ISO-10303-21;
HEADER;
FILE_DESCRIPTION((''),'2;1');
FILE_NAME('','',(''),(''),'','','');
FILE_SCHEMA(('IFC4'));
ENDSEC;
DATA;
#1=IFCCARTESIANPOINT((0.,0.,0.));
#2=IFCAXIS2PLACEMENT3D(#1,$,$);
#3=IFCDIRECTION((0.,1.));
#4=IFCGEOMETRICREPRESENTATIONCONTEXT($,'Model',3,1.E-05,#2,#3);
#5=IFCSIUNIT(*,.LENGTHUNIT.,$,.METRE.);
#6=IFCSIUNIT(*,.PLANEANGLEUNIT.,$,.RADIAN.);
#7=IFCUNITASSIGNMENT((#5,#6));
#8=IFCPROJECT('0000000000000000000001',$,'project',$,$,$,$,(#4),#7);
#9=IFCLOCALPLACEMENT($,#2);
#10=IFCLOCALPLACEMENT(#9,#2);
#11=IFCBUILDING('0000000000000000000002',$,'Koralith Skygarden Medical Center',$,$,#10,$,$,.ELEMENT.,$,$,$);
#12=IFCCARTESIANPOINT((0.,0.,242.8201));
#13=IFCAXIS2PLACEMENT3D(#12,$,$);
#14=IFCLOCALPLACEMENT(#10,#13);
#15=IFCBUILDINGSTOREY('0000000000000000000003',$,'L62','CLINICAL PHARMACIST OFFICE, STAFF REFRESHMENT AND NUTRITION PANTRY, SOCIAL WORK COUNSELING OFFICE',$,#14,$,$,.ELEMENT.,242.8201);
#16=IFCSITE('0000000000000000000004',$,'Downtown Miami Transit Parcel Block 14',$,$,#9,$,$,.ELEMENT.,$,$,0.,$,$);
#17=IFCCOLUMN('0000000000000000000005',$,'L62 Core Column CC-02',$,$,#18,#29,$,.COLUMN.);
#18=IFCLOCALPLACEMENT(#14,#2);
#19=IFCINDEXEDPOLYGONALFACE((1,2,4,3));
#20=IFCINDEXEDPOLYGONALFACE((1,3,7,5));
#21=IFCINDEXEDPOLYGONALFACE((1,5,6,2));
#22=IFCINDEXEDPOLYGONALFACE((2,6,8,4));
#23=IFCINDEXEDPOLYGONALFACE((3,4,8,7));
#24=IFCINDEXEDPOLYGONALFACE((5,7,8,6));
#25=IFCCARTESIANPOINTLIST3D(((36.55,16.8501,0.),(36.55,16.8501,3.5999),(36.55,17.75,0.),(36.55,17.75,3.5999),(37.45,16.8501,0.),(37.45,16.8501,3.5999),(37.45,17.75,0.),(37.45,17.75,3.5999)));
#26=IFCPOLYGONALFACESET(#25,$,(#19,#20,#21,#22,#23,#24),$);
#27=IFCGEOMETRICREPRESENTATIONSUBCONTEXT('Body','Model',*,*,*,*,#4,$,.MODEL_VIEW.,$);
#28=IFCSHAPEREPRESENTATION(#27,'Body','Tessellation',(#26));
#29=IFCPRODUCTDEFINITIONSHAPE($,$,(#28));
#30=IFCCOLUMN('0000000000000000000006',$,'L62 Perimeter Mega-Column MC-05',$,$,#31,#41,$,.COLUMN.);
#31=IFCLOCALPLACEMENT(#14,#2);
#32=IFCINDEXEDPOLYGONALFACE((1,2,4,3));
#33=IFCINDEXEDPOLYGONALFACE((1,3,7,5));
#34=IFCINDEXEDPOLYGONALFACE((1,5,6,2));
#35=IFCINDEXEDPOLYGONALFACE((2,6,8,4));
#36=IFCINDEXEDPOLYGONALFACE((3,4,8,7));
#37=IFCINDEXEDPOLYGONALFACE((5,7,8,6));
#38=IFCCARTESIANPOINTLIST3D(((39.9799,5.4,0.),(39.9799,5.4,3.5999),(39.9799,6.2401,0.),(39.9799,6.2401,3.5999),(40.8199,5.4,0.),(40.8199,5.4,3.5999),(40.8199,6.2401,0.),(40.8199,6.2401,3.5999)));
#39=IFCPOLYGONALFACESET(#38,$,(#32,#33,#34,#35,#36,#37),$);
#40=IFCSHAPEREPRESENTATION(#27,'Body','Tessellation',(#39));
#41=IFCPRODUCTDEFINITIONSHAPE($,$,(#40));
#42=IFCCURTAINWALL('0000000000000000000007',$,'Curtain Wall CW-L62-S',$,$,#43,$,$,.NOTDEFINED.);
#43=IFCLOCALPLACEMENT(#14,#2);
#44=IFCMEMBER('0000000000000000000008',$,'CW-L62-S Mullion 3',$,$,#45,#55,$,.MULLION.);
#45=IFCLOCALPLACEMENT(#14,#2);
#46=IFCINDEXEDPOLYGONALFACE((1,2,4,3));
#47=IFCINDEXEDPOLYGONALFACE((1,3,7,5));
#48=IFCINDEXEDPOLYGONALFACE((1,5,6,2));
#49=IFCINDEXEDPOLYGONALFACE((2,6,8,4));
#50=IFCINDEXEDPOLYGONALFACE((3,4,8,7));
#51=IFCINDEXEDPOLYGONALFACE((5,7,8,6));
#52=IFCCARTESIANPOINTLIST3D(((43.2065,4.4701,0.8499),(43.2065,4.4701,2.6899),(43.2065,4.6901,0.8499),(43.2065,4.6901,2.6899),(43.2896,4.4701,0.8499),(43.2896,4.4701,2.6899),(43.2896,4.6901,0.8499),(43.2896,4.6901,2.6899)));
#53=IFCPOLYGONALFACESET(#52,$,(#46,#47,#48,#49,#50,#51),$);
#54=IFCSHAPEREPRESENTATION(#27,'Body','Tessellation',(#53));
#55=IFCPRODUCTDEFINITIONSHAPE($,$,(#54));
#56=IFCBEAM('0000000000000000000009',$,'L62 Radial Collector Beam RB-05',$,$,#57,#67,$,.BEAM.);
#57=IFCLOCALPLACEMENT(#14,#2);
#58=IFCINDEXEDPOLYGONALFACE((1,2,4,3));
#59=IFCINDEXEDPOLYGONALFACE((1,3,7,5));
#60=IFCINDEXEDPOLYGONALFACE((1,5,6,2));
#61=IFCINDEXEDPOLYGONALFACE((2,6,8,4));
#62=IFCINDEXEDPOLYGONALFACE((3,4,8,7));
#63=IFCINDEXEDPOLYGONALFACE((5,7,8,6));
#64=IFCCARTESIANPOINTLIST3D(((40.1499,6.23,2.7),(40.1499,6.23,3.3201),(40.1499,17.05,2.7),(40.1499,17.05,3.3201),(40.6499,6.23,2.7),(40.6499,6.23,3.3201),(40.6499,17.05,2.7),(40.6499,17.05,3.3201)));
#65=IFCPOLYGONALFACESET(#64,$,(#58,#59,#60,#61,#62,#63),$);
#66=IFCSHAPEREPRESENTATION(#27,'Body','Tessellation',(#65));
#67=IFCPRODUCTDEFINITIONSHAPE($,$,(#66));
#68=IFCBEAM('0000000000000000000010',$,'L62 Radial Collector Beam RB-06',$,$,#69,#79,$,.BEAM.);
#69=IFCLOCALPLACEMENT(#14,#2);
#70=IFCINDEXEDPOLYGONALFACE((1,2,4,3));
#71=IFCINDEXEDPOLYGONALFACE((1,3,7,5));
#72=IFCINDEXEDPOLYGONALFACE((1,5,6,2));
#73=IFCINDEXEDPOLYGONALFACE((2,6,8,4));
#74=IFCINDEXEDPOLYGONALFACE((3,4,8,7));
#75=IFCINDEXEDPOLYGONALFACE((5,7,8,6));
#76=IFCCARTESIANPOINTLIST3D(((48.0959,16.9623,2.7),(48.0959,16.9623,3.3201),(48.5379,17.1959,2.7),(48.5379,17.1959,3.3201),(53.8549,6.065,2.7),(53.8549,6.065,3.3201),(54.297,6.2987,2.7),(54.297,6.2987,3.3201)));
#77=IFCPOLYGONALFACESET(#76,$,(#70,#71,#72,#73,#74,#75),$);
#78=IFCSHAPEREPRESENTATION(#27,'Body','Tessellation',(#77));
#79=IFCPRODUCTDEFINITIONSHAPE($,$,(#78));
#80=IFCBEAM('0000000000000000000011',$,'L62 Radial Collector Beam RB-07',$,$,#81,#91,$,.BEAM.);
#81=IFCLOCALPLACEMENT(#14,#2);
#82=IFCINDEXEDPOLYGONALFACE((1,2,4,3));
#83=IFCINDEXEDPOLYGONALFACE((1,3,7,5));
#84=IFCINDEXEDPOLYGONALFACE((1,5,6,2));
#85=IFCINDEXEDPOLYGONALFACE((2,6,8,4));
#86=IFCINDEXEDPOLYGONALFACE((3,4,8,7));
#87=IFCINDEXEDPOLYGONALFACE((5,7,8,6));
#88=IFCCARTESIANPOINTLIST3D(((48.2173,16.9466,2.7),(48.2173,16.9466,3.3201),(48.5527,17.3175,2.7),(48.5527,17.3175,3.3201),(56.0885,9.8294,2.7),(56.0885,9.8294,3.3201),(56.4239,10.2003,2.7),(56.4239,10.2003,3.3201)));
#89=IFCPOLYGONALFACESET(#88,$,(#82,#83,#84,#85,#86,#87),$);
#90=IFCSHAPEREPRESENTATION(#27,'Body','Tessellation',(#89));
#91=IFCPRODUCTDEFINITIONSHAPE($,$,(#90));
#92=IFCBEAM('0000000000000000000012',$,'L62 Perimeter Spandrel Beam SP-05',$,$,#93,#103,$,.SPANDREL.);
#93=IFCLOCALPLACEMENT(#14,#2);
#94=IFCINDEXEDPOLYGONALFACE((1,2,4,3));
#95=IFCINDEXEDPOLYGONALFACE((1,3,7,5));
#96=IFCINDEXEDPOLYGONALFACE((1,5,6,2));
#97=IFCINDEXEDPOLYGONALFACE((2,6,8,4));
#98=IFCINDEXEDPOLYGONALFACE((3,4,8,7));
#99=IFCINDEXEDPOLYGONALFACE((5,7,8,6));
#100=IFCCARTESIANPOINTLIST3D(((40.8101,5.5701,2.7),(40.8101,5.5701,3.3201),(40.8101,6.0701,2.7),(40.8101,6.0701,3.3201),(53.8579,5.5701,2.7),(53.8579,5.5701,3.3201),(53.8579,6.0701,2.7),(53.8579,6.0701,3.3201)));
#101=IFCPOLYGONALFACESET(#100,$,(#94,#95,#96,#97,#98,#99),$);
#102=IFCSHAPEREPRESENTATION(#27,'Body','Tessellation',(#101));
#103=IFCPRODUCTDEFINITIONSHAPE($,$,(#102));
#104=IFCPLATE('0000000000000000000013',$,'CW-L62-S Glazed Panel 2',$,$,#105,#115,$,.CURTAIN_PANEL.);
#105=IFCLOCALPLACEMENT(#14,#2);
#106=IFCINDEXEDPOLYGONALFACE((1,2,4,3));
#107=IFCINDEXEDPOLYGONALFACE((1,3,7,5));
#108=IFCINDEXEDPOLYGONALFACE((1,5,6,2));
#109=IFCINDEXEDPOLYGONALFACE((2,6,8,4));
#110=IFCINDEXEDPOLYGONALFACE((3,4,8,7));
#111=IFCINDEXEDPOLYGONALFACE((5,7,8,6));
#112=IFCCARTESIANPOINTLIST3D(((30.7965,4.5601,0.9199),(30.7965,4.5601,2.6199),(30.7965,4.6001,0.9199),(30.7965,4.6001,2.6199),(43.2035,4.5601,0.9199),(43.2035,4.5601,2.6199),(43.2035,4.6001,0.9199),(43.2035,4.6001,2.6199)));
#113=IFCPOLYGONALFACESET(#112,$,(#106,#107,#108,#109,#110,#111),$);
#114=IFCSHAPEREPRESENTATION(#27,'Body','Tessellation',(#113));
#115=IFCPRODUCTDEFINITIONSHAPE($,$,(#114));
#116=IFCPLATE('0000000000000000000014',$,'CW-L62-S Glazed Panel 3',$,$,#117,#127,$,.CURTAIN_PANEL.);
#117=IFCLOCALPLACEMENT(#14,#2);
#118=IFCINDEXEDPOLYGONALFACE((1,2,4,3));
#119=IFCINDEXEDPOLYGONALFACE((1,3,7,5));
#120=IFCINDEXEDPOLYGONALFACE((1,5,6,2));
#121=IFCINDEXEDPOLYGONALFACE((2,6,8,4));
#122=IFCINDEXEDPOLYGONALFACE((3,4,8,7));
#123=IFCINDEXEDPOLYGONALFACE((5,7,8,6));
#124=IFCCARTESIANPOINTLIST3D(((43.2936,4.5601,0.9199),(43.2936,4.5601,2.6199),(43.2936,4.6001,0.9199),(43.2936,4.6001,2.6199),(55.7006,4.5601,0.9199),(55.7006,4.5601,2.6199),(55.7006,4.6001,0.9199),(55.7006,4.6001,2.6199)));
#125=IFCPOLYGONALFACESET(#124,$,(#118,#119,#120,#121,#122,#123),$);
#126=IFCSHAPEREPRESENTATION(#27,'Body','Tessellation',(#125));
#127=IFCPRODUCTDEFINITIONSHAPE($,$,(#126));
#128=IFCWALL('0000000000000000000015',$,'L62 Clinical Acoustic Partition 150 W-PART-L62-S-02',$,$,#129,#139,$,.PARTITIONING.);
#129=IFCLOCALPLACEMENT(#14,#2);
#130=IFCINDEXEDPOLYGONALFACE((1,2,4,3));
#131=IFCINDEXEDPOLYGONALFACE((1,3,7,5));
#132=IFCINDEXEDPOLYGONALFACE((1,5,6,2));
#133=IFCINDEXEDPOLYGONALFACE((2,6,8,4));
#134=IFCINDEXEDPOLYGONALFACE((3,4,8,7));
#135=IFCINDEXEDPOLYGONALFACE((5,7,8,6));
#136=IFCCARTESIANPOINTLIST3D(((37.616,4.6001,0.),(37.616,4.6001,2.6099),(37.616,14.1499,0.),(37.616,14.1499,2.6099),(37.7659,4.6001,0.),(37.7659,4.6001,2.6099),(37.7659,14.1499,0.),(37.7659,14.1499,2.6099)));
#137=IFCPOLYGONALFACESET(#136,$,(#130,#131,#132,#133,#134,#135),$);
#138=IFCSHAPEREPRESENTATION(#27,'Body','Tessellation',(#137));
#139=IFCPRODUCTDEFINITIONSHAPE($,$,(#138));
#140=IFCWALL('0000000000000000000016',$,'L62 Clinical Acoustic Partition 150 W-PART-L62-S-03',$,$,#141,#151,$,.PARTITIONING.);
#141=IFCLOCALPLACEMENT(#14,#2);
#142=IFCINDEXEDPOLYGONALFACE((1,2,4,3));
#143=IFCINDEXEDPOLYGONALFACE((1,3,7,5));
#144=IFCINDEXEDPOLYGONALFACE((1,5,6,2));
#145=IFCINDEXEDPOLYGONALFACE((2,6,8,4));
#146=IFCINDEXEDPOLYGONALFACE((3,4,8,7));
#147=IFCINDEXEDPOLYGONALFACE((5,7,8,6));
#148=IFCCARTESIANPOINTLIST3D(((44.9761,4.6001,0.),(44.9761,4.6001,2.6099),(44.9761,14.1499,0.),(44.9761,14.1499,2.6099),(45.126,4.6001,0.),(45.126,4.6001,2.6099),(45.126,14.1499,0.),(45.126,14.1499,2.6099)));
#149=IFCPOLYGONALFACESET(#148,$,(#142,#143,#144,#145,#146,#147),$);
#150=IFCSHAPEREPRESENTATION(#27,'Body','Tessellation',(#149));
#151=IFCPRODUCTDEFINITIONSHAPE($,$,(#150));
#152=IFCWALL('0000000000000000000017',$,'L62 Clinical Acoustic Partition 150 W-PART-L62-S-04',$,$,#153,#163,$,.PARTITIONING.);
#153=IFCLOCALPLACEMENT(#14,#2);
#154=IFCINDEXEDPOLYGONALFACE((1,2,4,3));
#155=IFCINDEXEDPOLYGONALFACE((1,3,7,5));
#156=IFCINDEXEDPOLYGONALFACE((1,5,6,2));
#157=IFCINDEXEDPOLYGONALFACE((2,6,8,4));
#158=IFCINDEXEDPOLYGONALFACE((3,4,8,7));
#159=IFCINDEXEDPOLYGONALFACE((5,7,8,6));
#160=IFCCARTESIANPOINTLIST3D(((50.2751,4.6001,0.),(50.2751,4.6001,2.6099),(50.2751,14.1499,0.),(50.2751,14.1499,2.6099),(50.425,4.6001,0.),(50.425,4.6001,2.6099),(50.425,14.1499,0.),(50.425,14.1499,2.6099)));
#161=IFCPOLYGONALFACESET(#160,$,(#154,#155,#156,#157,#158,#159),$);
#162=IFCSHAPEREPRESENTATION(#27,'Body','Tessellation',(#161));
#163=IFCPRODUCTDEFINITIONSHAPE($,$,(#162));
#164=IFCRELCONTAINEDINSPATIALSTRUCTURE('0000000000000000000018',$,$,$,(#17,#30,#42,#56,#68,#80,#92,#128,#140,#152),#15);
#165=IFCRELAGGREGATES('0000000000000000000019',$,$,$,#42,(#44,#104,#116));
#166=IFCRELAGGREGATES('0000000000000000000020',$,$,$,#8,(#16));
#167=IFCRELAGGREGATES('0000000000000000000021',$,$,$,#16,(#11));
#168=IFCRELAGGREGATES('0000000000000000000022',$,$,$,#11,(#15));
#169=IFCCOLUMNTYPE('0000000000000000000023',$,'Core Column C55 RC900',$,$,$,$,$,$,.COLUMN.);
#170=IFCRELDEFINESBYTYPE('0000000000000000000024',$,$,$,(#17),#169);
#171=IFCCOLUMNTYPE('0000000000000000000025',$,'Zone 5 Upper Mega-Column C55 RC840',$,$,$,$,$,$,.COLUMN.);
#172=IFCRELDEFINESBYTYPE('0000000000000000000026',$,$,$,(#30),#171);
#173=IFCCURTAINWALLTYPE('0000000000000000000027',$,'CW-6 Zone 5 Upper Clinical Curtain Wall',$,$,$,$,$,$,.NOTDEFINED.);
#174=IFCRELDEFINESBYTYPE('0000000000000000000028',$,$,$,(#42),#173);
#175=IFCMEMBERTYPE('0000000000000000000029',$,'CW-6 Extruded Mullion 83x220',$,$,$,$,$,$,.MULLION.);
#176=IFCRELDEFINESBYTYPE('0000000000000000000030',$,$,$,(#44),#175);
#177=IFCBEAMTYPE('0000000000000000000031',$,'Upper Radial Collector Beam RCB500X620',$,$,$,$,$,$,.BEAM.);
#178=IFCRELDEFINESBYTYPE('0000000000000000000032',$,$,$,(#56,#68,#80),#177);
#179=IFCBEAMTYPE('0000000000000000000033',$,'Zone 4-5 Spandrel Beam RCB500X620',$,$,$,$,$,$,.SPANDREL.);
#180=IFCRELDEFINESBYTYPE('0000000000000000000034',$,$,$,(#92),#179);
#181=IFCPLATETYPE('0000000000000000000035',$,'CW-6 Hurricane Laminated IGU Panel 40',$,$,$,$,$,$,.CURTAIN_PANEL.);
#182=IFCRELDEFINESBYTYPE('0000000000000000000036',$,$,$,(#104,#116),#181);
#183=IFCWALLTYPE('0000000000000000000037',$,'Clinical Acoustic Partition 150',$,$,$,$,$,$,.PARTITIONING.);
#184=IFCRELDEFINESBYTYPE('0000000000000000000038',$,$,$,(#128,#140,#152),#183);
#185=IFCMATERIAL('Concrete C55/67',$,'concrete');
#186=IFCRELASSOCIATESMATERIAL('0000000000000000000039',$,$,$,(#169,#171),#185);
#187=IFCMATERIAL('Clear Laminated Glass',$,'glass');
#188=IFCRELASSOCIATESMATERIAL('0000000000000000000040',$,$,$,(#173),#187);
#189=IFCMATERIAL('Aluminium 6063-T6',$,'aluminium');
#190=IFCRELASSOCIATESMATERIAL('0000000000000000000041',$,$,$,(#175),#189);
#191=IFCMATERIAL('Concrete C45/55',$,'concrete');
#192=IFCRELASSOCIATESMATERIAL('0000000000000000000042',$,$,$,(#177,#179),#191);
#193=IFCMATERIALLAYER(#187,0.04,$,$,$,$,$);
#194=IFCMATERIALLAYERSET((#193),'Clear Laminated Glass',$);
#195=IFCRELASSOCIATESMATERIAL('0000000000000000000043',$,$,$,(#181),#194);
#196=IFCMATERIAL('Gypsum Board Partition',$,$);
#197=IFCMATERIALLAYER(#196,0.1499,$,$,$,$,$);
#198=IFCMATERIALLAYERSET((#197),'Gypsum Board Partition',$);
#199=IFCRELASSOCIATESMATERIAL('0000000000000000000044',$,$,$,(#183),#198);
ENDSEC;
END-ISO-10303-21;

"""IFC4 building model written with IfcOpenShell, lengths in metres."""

from ifc_helpers import new_model, si_unit, direction, frame, frame_2d, origin, origin_2d, place, context, subcontext, project, spatial, rectangle, extrude, material, layer, layer_set, material_profile, profile_set, type_object, element, aggregate, save


model = new_model("IFC4")

# Units and contexts
model_context = context("Model", 3, precision=1e-05, world=origin(), true_north=direction((0.0, 1.0)))
body_context = subcontext(model_context, "Body", "Model", "MODEL_VIEW")
ifc_project = project(units=[si_unit("LENGTHUNIT", "METRE"), si_unit("PLANEANGLEUNIT", "RADIAN")], contexts=[model_context])

# Site, building, storey
site_placement = place(None, origin())
site = spatial("IfcSite", under=ifc_project, at=site_placement, Name="Downtown Miami Transit Parcel Block 14", CompositionType="ELEMENT", RefElevation=0.0)
building_placement = place(site_placement, origin())
building = spatial("IfcBuilding", under=site, at=building_placement, Name="Koralith Skygarden Medical Center", CompositionType="ELEMENT")
storey_placement = place(building_placement, frame((0.0, 0.0, 242.8201)))
storey = spatial("IfcBuildingStorey", under=building, at=storey_placement, Name="L62", Description="CLINICAL PHARMACIST OFFICE, STAFF REFRESHMENT AND NUTRITION PANTRY, SOCIAL WORK COUNSELING OFFICE", CompositionType="ELEMENT", Elevation=242.8201)

# Columns
ifc_material_1 = material(Name="Concrete C55/67", Category="concrete")
ifc_material_profile_1 = material_profile(ifc_material_1, rectangle(XDim=0.8999, YDim=0.8999, at=origin_2d()), Name="RC900X900")
ifc_profile_set_1 = profile_set([ifc_material_profile_1], Name="Concrete C55/67")
column_type_1 = type_object("IfcColumnType", Name="Core Column C55 RC900", PredefinedType="COLUMN", material=ifc_profile_set_1)
column_1_placement = place(storey_placement, frame((37.0, 17.3, 0.0), z_axis=(0.0, 0.0, 1.0), x_axis=(1.0, 0.0, 0.0)))
element("IfcColumn", 1, at=column_1_placement, inside=storey, type_object=column_type_1, Name="L62 Core Column CC-02", PredefinedType="COLUMN", context=body_context, shape_type="SweptSolid", body=[
    extrude(rectangle(XDim=0.8999, YDim=0.8999, at=origin_2d()), origin(), (0.0, 0.0, 1.0), 3.5999),
])
ifc_material_profile_2 = material_profile(ifc_material_1, rectangle(XDim=0.8401, YDim=0.8401, at=origin_2d()), Name="RC840X840")
ifc_profile_set_2 = profile_set([ifc_material_profile_2], Name="Concrete C55/67")
column_type_2 = type_object("IfcColumnType", Name="Zone 5 Upper Mega-Column C55 RC840", PredefinedType="COLUMN", material=ifc_profile_set_2)
column_2_placement = place(storey_placement, frame((40.3999, 5.8201, 0.0), z_axis=(0.0, 0.0, 1.0), x_axis=(1.0, 0.0, 0.0)))
element("IfcColumn", 2, at=column_2_placement, inside=storey, type_object=column_type_2, Name="L62 Perimeter Mega-Column MC-05", PredefinedType="COLUMN", context=body_context, shape_type="SweptSolid", body=[
    extrude(rectangle(XDim=0.8401, YDim=0.8401, at=origin_2d()), origin(), (0.0, 0.0, 1.0), 3.5999),
])

# Curtain wall, member
ifc_material_2 = material(Name="Clear Laminated Glass", Category="glass")
curtain_wall_type = type_object("IfcCurtainWallType", Name="CW-6 Zone 5 Upper Clinical Curtain Wall", PredefinedType="NOTDEFINED", material=ifc_material_2)
curtain_wall_placement = place(storey_placement, origin())
curtain_wall = element("IfcCurtainWall", 3, at=curtain_wall_placement, inside=storey, type_object=curtain_wall_type, Name="Curtain Wall CW-L62-S", PredefinedType="NOTDEFINED")
ifc_material_3 = material(Name="Aluminium 6063-T6", Category="aluminium")
ifc_material_profile_3 = material_profile(ifc_material_3, rectangle(XDim=0.083, YDim=0.22, at=origin_2d()), Name="MUL83X220")
ifc_profile_set_3 = profile_set([ifc_material_profile_3], Name="Aluminium 6063-T6")
member_type = type_object("IfcMemberType", Name="CW-6 Extruded Mullion 83x220", PredefinedType="MULLION", material=ifc_profile_set_3)
member_placement = place(storey_placement, frame((43.248, 4.5801, 0.8499), z_axis=(0.0, 0.0, 1.0), x_axis=(1.0, 0.0, 0.0)))
member = element("IfcMember", 4, at=member_placement, type_object=member_type, Name="CW-L62-S Mullion 3", PredefinedType="MULLION", context=body_context, shape_type="SweptSolid", body=[
    extrude(rectangle(XDim=0.083, YDim=0.22, at=origin_2d()), origin(), (0.0, 0.0, 1.0), 1.8401),
])

# Beams
ifc_material_4 = material(Name="Concrete C45/55", Category="concrete")
ifc_material_profile_4 = material_profile(ifc_material_4, rectangle(XDim=0.5, YDim=0.6201, at=origin_2d()), Name="RCB500X620")
ifc_profile_set_4 = profile_set([ifc_material_profile_4], Name="Concrete C45/55")
beam_type_1 = type_object("IfcBeamType", Name="Upper Radial Collector Beam RCB500X620", PredefinedType="BEAM", material=ifc_profile_set_4)
beam_1_placement = place(storey_placement, frame((40.3999, 17.05, 3.01), z_axis=(0.0, -1.0, 0.0), x_axis=(1.0, 0.0, 0.0)))
element("IfcBeam", 5, at=beam_1_placement, inside=storey, type_object=beam_type_1, Name="L62 Radial Collector Beam RB-05", PredefinedType="BEAM", context=body_context, shape_type="SweptSolid", body=[
    extrude(rectangle(XDim=0.5, YDim=0.6201, at=origin_2d()), origin(), (0.0, 0.0, 1.0), 10.8201),
])
beam_2_placement = place(storey_placement, frame((48.3169, 17.0791, 3.01), z_axis=(0.467249, -0.884126, 0.0), x_axis=(0.884126, 0.467249, 0.0)))
element("IfcBeam", 6, at=beam_2_placement, inside=storey, type_object=beam_type_1, Name="L62 Radial Collector Beam RB-06", PredefinedType="BEAM", context=body_context, shape_type="SweptSolid", body=[
    extrude(rectangle(XDim=0.5, YDim=0.6201, at=origin_2d()), origin(), (0.0, 0.0, 1.0), 12.3254),
])
beam_3_placement = place(storey_placement, frame((48.385, 17.1321, 3.01), z_axis=(0.741736, -0.670692, 0.0), x_axis=(0.670692, 0.741736, 0.0)))
element("IfcBeam", 7, at=beam_3_placement, inside=storey, type_object=beam_type_1, Name="L62 Radial Collector Beam RB-07", PredefinedType="BEAM", context=body_context, shape_type="SweptSolid", body=[
    extrude(rectangle(XDim=0.5, YDim=0.6201, at=origin_2d()), origin(), (0.0, 0.0, 1.0), 10.6118),
])
ifc_material_profile_5 = material_profile(ifc_material_4, rectangle(XDim=0.5, YDim=0.6201, at=origin_2d()), Name="RCB500X620")
ifc_profile_set_5 = profile_set([ifc_material_profile_5], Name="Concrete C45/55")
beam_type_2 = type_object("IfcBeamType", Name="Zone 4-5 Spandrel Beam RCB500X620", PredefinedType="SPANDREL", material=ifc_profile_set_5)
beam_4_placement = place(storey_placement, frame((40.8101, 5.8201, 3.01), z_axis=(1.0, 0.0, 0.0), x_axis=(0.0, 1.0, 0.0)))
element("IfcBeam", 8, at=beam_4_placement, inside=storey, type_object=beam_type_2, Name="L62 Perimeter Spandrel Beam SP-05", PredefinedType="SPANDREL", context=body_context, shape_type="SweptSolid", body=[
    extrude(rectangle(XDim=0.5, YDim=0.6201, at=origin_2d()), origin(), (0.0, 0.0, 1.0), 13.0479),
])

# Plates
ifc_layer_1 = layer(ifc_material_2, 0.04)
ifc_layer_set_1 = layer_set([ifc_layer_1], Name="Clear Laminated Glass")
plate_type = type_object("IfcPlateType", Name="CW-6 Hurricane Laminated IGU Panel 40", PredefinedType="CURTAIN_PANEL", material=ifc_layer_set_1)
plate_1_placement = place(storey_placement, frame((37.0, 4.5801, 0.9199), z_axis=(0.0, 0.0, 1.0), x_axis=(1.0, 0.0, 0.0)))
plate_1 = element("IfcPlate", 9, at=plate_1_placement, type_object=plate_type, Name="CW-L62-S Glazed Panel 2", PredefinedType="CURTAIN_PANEL", context=body_context, shape_type="SweptSolid", body=[
    extrude(rectangle(XDim=12.407, YDim=0.04, at=origin_2d()), origin(), (0.0, 0.0, 1.0), 1.7),
])
plate_2_placement = place(storey_placement, frame((49.4971, 4.5801, 0.9199), z_axis=(0.0, 0.0, 1.0), x_axis=(1.0, 0.0, 0.0)))
plate_2 = element("IfcPlate", 10, at=plate_2_placement, type_object=plate_type, Name="CW-L62-S Glazed Panel 3", PredefinedType="CURTAIN_PANEL", context=body_context, shape_type="SweptSolid", body=[
    extrude(rectangle(XDim=12.407, YDim=0.04, at=origin_2d()), origin(), (0.0, 0.0, 1.0), 1.7),
])
aggregate(curtain_wall, [member, plate_1, plate_2])

# Walls
ifc_material_5 = material(Name="Gypsum Board Partition")
ifc_layer_2 = layer(ifc_material_5, 0.1499)
ifc_layer_set_2 = layer_set([ifc_layer_2], Name="Gypsum Board Partition")
wall_type_1 = type_object("IfcWallType", Name="Clinical Acoustic Partition 150", PredefinedType="PARTITIONING", material=ifc_layer_set_2)
for number, where, z_axis, x_axis, name in (
    (11, (37.6909, 14.1499, 0.0), (0.0, 0.0, 1.0), (0.0, -1.0, 0.0), "L62 Clinical Acoustic Partition 150 W-PART-L62-S-02"),
    (12, (45.051, 14.1499, 0.0), (0.0, 0.0, 1.0), (0.0, -1.0, 0.0), "L62 Clinical Acoustic Partition 150 W-PART-L62-S-03"),
    (13, (50.3501, 14.1499, 0.0), (0.0, 0.0, 1.0), (0.0, -1.0, 0.0), "L62 Clinical Acoustic Partition 150 W-PART-L62-S-04"),
):
    element("IfcWall", number, at=place(storey_placement, frame(where, z_axis=z_axis, x_axis=x_axis)), inside=storey, type_object=wall_type_1, Name=name, PredefinedType="PARTITIONING", context=body_context, shape_type="SweptSolid", body=[
        extrude(rectangle(XDim=9.5498, YDim=0.1499, at=frame_2d((4.7749, 0.0))), origin(), (0.0, 0.0, 1.0), 2.6099),
    ])

save(model, "model.ifc")
